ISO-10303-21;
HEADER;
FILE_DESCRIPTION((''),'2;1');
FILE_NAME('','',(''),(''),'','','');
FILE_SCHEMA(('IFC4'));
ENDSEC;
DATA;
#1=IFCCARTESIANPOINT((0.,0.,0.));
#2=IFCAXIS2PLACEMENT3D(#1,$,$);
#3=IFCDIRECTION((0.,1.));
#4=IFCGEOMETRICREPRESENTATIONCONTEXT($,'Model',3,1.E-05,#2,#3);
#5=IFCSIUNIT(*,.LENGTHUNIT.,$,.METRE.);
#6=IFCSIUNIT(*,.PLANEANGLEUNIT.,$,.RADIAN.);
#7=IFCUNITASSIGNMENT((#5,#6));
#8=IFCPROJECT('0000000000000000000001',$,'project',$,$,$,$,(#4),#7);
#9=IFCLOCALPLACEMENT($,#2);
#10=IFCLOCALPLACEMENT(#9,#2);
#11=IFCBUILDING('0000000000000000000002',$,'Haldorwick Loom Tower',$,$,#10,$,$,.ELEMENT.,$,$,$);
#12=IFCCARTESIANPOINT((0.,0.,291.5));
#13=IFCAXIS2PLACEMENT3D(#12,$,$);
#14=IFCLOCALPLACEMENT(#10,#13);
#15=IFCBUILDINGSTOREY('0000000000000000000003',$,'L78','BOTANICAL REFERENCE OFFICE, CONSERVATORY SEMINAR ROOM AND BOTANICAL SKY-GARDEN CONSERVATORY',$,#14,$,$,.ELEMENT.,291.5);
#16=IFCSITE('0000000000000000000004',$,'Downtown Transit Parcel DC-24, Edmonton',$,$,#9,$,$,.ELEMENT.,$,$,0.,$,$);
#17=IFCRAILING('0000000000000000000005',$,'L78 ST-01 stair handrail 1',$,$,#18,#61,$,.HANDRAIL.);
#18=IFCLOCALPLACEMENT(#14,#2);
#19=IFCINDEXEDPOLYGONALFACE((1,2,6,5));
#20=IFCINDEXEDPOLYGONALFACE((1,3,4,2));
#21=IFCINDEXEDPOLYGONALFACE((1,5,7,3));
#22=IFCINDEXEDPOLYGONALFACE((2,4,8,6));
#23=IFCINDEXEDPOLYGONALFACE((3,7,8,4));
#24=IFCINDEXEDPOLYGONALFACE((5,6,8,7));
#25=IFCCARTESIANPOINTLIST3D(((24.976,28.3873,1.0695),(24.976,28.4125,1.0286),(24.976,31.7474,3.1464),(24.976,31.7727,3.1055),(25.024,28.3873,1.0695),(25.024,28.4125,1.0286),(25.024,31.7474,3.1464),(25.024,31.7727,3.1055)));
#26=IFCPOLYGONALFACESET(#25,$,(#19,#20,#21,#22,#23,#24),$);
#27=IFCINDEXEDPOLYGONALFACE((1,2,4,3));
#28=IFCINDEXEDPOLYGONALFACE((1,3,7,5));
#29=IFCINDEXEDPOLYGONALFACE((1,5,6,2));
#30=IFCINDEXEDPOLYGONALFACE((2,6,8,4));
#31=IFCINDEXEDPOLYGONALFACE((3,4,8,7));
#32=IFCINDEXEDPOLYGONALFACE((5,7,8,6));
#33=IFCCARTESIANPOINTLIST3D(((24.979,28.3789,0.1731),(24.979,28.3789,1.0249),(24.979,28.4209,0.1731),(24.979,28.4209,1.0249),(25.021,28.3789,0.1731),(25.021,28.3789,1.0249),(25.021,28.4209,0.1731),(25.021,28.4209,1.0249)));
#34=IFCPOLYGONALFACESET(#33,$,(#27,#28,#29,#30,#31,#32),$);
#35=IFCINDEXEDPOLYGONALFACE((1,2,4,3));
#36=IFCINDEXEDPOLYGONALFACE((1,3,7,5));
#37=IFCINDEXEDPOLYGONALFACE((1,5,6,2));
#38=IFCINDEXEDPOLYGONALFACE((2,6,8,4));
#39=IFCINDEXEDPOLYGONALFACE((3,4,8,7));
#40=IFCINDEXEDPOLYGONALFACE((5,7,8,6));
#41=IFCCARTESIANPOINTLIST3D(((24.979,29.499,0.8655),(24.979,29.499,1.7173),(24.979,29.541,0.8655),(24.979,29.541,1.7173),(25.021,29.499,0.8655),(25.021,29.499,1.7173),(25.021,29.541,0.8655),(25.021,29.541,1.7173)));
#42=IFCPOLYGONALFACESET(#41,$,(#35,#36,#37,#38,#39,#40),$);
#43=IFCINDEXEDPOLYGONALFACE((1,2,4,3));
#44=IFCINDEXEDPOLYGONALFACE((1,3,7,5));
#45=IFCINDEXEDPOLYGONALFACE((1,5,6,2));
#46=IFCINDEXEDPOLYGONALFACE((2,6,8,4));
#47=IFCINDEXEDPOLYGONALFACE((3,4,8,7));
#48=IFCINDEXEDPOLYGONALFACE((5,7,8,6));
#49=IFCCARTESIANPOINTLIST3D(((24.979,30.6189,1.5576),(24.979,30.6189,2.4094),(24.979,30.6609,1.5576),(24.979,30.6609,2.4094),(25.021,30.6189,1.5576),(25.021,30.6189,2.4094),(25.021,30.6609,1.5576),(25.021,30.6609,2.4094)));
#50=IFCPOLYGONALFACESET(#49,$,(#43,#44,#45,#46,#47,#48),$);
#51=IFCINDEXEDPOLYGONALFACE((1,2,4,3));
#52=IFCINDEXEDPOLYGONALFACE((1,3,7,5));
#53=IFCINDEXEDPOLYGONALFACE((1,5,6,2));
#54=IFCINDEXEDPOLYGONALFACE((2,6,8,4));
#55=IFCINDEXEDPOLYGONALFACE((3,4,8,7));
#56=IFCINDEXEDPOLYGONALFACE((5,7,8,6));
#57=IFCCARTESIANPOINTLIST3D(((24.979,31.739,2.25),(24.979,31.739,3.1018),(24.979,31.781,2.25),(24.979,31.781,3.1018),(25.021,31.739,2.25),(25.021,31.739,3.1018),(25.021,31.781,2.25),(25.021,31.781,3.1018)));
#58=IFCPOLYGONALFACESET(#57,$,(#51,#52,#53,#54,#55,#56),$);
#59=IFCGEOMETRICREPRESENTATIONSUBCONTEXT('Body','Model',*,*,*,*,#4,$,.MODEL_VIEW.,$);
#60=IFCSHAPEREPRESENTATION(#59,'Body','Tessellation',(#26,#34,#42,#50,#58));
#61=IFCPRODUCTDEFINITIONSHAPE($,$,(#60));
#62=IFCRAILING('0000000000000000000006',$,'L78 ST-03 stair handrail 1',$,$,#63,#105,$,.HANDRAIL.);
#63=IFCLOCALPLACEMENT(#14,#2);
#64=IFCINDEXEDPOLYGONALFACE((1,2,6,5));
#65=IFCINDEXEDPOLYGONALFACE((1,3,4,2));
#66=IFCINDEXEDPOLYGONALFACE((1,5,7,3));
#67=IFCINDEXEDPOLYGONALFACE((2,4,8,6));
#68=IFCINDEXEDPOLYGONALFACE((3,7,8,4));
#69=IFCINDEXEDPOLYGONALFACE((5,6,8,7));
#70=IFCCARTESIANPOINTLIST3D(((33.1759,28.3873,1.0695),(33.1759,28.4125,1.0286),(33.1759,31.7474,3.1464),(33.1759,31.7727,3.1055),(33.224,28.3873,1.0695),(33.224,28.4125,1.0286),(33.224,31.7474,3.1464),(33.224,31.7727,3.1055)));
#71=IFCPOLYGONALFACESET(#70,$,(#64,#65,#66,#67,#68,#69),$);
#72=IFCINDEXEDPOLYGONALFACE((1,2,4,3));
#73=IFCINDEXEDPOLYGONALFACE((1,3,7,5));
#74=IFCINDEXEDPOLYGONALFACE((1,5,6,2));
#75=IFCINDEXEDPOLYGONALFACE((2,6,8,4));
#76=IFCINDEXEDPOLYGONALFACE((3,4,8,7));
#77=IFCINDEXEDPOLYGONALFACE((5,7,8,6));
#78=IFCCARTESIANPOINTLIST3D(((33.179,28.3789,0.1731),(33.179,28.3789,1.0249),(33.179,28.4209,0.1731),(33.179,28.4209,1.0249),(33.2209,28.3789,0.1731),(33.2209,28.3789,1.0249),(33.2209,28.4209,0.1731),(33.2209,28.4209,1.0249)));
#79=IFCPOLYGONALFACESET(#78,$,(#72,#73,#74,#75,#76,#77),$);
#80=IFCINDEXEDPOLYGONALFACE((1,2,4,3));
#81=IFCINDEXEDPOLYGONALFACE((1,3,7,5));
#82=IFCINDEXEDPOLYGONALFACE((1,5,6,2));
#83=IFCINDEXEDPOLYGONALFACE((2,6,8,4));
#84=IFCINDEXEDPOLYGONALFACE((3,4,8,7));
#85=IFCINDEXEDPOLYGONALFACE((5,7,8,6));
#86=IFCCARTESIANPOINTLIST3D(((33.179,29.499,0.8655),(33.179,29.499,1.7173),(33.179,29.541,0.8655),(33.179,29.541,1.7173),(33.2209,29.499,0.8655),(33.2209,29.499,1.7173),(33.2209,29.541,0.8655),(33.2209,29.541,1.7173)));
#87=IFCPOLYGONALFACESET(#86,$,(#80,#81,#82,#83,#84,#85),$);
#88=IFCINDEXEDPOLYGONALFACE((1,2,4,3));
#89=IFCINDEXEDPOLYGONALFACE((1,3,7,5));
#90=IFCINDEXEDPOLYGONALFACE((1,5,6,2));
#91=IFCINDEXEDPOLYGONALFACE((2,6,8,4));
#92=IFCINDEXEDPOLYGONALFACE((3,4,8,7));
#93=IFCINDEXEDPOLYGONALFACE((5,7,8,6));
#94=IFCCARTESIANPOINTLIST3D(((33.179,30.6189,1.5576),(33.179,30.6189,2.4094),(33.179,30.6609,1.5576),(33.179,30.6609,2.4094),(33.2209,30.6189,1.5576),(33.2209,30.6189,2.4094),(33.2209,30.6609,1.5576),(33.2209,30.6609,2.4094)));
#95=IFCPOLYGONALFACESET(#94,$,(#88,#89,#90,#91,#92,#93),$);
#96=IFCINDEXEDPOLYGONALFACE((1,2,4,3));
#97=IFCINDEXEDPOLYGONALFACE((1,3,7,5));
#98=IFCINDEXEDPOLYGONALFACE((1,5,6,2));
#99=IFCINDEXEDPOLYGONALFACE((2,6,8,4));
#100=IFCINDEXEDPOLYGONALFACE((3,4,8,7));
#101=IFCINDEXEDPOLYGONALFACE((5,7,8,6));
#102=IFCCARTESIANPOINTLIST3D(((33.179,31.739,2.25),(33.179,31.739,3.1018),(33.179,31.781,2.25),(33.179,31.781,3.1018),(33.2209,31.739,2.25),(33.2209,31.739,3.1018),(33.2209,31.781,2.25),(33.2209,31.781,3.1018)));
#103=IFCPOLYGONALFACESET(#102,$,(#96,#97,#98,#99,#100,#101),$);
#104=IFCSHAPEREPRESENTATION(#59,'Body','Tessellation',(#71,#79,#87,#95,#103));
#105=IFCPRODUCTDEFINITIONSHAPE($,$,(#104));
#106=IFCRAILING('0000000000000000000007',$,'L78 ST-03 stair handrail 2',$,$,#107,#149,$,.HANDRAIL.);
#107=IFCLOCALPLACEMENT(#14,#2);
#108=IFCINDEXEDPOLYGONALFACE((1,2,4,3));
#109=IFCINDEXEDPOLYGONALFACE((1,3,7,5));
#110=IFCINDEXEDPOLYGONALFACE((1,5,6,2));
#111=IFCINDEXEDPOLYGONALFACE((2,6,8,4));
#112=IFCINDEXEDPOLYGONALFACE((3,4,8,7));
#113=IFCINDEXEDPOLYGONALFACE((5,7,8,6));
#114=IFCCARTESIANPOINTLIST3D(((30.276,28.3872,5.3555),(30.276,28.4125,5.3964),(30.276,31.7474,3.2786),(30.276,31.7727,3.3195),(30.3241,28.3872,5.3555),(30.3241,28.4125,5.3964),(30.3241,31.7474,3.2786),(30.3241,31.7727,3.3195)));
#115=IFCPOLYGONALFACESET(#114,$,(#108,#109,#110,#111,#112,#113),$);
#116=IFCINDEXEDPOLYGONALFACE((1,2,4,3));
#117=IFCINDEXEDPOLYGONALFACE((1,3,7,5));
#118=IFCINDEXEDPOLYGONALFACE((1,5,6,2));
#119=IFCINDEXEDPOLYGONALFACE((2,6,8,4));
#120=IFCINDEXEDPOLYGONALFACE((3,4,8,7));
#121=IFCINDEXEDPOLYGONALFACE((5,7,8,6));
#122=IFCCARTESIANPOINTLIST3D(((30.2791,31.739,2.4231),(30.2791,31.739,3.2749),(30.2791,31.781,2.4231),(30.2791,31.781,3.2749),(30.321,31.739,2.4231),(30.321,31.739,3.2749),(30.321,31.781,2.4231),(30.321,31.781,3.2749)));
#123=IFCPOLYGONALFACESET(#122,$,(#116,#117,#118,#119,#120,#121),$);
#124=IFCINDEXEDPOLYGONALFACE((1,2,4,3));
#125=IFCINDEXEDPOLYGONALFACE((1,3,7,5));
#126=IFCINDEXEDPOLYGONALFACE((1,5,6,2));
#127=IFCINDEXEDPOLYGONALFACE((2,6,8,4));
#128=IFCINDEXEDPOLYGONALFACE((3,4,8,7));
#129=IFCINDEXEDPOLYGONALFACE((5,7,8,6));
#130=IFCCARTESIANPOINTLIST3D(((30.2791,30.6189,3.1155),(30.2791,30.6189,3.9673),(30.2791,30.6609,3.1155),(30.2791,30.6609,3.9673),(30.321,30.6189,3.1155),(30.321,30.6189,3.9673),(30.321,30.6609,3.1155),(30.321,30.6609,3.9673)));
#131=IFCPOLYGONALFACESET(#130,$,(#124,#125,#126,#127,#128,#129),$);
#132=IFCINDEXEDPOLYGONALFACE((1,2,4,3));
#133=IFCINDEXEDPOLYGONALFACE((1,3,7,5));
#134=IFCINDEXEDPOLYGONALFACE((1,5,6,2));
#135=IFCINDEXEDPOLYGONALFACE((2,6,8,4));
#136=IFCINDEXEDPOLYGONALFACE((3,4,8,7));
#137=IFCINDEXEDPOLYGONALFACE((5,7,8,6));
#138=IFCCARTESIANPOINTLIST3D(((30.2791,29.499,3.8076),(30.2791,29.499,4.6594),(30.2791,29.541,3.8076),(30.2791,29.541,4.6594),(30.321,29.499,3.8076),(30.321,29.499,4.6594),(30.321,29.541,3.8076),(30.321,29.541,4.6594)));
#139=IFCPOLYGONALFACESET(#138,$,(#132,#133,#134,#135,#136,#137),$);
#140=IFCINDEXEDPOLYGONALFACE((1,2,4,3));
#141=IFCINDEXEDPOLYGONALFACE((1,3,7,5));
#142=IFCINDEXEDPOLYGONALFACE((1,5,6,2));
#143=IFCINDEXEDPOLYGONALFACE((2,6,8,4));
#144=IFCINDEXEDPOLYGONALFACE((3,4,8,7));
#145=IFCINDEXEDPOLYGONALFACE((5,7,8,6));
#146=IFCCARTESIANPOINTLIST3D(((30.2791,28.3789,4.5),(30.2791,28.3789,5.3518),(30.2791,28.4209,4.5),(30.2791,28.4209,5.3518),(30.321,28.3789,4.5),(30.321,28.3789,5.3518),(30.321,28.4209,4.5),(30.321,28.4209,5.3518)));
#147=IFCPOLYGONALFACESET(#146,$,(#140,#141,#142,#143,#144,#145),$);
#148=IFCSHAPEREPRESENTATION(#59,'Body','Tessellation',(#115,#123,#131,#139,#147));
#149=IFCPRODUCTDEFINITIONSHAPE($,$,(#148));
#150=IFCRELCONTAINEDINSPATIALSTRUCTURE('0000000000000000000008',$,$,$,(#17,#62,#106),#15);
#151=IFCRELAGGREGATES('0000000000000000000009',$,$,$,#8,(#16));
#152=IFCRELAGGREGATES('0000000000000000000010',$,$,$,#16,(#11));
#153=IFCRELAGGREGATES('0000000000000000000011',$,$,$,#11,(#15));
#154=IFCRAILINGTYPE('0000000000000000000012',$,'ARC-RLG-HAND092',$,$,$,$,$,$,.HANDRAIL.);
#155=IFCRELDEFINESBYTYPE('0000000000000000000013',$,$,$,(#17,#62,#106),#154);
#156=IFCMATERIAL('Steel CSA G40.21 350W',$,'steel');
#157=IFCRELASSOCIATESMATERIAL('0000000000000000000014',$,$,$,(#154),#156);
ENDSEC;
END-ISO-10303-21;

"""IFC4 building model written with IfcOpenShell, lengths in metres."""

from ifc_helpers import new_model, si_unit, direction, frame, origin, origin_2d, place, context, subcontext, project, spatial, rectangle, extrude, material, type_object, element, save


model = new_model("IFC4")

# Units and contexts
model_context = context("Model", 3, precision=1e-05, world=origin(), true_north=direction((0.0, 1.0)))
body_context = subcontext(model_context, "Body", "Model", "MODEL_VIEW")
ifc_project = project(units=[si_unit("LENGTHUNIT", "METRE"), si_unit("PLANEANGLEUNIT", "RADIAN")], contexts=[model_context])

# Site, building, storey
site_placement = place(None, origin())
site = spatial("IfcSite", under=ifc_project, at=site_placement, Name="Downtown Transit Parcel DC-24, Edmonton", CompositionType="ELEMENT", RefElevation=0.0)
building_placement = place(site_placement, origin())
building = spatial("IfcBuilding", under=site, at=building_placement, Name="Haldorwick Loom Tower", CompositionType="ELEMENT")
storey_placement = place(building_placement, frame((0.0, 0.0, 291.5)))
storey = spatial("IfcBuildingStorey", under=building, at=storey_placement, Name="L78", Description="BOTANICAL REFERENCE OFFICE, CONSERVATORY SEMINAR ROOM AND BOTANICAL SKY-GARDEN CONSERVATORY", CompositionType="ELEMENT", Elevation=291.5)

# Shared definitions
ifc_material_1 = material(Name="Steel CSA G40.21 350W", Category="steel")

# Railings
railing_type_1 = type_object("IfcRailingType", Name="ARC-RLG-HAND092", PredefinedType="HANDRAIL", material=ifc_material_1)
for number, where, name in (
    (1, (25.0, 28.3999, 0.1731), "L78 ST-01 stair handrail 1"),
    (2, (33.2, 28.3999, 0.1731), "L78 ST-03 stair handrail 1"),
):
    element("IfcRailing", number, at=place(storey_placement, frame(where)), inside=storey, type_object=railing_type_1, Name=name, PredefinedType="HANDRAIL", context=body_context, shape_type="SweptSolid", body=[
        extrude(rectangle(XDim=0.0481, YDim=0.0481, at=origin_2d()), frame((0.0, 0.0, 0.876), z_axis=(0.0, 0.850623, 0.525776), x_axis=(-1.0, 0.0, 0.0)), (0.0, 0.0, 1.0), 3.9502),
        extrude(rectangle(XDim=0.042, YDim=0.042, at=origin_2d()), origin(), (0.0, 0.0, 1.0), 0.8518),
        extrude(rectangle(XDim=0.042, YDim=0.042, at=origin_2d()), frame((0.0, 1.1201, 0.6924)), (0.0, 0.0, 1.0), 0.8518),
        extrude(rectangle(XDim=0.042, YDim=0.042, at=origin_2d()), frame((0.0, 2.24, 1.3845)), (0.0, 0.0, 1.0), 0.8518),
        extrude(rectangle(XDim=0.042, YDim=0.042, at=origin_2d()), frame((0.0, 3.3601, 2.0769)), (0.0, 0.0, 1.0), 0.8518),
    ])
railing_1_placement = place(storey_placement, frame((30.3, 31.76, 2.4231)))
element("IfcRailing", 3, at=railing_1_placement, inside=storey, type_object=railing_type_1, Name="L78 ST-03 stair handrail 2", PredefinedType="HANDRAIL", context=body_context, shape_type="SweptSolid", body=[
    extrude(rectangle(XDim=0.0481, YDim=0.0481, at=origin_2d()), frame((0.0, 0.0, 0.876), z_axis=(0.0, -0.850623, 0.525776), x_axis=(1.0, 0.0, 0.0)), (0.0, 0.0, 1.0), 3.9502),
    extrude(rectangle(XDim=0.042, YDim=0.042, at=origin_2d()), origin(), (0.0, 0.0, 1.0), 0.8518),
    extrude(rectangle(XDim=0.042, YDim=0.042, at=origin_2d()), frame((0.0, -1.1201, 0.6924)), (0.0, 0.0, 1.0), 0.8518),
    extrude(rectangle(XDim=0.042, YDim=0.042, at=origin_2d()), frame((0.0, -2.24, 1.3845)), (0.0, 0.0, 1.0), 0.8518),
    extrude(rectangle(XDim=0.042, YDim=0.042, at=origin_2d()), frame((0.0, -3.3601, 2.0769)), (0.0, 0.0, 1.0), 0.8518),
])

save(model, "model.ifc")
